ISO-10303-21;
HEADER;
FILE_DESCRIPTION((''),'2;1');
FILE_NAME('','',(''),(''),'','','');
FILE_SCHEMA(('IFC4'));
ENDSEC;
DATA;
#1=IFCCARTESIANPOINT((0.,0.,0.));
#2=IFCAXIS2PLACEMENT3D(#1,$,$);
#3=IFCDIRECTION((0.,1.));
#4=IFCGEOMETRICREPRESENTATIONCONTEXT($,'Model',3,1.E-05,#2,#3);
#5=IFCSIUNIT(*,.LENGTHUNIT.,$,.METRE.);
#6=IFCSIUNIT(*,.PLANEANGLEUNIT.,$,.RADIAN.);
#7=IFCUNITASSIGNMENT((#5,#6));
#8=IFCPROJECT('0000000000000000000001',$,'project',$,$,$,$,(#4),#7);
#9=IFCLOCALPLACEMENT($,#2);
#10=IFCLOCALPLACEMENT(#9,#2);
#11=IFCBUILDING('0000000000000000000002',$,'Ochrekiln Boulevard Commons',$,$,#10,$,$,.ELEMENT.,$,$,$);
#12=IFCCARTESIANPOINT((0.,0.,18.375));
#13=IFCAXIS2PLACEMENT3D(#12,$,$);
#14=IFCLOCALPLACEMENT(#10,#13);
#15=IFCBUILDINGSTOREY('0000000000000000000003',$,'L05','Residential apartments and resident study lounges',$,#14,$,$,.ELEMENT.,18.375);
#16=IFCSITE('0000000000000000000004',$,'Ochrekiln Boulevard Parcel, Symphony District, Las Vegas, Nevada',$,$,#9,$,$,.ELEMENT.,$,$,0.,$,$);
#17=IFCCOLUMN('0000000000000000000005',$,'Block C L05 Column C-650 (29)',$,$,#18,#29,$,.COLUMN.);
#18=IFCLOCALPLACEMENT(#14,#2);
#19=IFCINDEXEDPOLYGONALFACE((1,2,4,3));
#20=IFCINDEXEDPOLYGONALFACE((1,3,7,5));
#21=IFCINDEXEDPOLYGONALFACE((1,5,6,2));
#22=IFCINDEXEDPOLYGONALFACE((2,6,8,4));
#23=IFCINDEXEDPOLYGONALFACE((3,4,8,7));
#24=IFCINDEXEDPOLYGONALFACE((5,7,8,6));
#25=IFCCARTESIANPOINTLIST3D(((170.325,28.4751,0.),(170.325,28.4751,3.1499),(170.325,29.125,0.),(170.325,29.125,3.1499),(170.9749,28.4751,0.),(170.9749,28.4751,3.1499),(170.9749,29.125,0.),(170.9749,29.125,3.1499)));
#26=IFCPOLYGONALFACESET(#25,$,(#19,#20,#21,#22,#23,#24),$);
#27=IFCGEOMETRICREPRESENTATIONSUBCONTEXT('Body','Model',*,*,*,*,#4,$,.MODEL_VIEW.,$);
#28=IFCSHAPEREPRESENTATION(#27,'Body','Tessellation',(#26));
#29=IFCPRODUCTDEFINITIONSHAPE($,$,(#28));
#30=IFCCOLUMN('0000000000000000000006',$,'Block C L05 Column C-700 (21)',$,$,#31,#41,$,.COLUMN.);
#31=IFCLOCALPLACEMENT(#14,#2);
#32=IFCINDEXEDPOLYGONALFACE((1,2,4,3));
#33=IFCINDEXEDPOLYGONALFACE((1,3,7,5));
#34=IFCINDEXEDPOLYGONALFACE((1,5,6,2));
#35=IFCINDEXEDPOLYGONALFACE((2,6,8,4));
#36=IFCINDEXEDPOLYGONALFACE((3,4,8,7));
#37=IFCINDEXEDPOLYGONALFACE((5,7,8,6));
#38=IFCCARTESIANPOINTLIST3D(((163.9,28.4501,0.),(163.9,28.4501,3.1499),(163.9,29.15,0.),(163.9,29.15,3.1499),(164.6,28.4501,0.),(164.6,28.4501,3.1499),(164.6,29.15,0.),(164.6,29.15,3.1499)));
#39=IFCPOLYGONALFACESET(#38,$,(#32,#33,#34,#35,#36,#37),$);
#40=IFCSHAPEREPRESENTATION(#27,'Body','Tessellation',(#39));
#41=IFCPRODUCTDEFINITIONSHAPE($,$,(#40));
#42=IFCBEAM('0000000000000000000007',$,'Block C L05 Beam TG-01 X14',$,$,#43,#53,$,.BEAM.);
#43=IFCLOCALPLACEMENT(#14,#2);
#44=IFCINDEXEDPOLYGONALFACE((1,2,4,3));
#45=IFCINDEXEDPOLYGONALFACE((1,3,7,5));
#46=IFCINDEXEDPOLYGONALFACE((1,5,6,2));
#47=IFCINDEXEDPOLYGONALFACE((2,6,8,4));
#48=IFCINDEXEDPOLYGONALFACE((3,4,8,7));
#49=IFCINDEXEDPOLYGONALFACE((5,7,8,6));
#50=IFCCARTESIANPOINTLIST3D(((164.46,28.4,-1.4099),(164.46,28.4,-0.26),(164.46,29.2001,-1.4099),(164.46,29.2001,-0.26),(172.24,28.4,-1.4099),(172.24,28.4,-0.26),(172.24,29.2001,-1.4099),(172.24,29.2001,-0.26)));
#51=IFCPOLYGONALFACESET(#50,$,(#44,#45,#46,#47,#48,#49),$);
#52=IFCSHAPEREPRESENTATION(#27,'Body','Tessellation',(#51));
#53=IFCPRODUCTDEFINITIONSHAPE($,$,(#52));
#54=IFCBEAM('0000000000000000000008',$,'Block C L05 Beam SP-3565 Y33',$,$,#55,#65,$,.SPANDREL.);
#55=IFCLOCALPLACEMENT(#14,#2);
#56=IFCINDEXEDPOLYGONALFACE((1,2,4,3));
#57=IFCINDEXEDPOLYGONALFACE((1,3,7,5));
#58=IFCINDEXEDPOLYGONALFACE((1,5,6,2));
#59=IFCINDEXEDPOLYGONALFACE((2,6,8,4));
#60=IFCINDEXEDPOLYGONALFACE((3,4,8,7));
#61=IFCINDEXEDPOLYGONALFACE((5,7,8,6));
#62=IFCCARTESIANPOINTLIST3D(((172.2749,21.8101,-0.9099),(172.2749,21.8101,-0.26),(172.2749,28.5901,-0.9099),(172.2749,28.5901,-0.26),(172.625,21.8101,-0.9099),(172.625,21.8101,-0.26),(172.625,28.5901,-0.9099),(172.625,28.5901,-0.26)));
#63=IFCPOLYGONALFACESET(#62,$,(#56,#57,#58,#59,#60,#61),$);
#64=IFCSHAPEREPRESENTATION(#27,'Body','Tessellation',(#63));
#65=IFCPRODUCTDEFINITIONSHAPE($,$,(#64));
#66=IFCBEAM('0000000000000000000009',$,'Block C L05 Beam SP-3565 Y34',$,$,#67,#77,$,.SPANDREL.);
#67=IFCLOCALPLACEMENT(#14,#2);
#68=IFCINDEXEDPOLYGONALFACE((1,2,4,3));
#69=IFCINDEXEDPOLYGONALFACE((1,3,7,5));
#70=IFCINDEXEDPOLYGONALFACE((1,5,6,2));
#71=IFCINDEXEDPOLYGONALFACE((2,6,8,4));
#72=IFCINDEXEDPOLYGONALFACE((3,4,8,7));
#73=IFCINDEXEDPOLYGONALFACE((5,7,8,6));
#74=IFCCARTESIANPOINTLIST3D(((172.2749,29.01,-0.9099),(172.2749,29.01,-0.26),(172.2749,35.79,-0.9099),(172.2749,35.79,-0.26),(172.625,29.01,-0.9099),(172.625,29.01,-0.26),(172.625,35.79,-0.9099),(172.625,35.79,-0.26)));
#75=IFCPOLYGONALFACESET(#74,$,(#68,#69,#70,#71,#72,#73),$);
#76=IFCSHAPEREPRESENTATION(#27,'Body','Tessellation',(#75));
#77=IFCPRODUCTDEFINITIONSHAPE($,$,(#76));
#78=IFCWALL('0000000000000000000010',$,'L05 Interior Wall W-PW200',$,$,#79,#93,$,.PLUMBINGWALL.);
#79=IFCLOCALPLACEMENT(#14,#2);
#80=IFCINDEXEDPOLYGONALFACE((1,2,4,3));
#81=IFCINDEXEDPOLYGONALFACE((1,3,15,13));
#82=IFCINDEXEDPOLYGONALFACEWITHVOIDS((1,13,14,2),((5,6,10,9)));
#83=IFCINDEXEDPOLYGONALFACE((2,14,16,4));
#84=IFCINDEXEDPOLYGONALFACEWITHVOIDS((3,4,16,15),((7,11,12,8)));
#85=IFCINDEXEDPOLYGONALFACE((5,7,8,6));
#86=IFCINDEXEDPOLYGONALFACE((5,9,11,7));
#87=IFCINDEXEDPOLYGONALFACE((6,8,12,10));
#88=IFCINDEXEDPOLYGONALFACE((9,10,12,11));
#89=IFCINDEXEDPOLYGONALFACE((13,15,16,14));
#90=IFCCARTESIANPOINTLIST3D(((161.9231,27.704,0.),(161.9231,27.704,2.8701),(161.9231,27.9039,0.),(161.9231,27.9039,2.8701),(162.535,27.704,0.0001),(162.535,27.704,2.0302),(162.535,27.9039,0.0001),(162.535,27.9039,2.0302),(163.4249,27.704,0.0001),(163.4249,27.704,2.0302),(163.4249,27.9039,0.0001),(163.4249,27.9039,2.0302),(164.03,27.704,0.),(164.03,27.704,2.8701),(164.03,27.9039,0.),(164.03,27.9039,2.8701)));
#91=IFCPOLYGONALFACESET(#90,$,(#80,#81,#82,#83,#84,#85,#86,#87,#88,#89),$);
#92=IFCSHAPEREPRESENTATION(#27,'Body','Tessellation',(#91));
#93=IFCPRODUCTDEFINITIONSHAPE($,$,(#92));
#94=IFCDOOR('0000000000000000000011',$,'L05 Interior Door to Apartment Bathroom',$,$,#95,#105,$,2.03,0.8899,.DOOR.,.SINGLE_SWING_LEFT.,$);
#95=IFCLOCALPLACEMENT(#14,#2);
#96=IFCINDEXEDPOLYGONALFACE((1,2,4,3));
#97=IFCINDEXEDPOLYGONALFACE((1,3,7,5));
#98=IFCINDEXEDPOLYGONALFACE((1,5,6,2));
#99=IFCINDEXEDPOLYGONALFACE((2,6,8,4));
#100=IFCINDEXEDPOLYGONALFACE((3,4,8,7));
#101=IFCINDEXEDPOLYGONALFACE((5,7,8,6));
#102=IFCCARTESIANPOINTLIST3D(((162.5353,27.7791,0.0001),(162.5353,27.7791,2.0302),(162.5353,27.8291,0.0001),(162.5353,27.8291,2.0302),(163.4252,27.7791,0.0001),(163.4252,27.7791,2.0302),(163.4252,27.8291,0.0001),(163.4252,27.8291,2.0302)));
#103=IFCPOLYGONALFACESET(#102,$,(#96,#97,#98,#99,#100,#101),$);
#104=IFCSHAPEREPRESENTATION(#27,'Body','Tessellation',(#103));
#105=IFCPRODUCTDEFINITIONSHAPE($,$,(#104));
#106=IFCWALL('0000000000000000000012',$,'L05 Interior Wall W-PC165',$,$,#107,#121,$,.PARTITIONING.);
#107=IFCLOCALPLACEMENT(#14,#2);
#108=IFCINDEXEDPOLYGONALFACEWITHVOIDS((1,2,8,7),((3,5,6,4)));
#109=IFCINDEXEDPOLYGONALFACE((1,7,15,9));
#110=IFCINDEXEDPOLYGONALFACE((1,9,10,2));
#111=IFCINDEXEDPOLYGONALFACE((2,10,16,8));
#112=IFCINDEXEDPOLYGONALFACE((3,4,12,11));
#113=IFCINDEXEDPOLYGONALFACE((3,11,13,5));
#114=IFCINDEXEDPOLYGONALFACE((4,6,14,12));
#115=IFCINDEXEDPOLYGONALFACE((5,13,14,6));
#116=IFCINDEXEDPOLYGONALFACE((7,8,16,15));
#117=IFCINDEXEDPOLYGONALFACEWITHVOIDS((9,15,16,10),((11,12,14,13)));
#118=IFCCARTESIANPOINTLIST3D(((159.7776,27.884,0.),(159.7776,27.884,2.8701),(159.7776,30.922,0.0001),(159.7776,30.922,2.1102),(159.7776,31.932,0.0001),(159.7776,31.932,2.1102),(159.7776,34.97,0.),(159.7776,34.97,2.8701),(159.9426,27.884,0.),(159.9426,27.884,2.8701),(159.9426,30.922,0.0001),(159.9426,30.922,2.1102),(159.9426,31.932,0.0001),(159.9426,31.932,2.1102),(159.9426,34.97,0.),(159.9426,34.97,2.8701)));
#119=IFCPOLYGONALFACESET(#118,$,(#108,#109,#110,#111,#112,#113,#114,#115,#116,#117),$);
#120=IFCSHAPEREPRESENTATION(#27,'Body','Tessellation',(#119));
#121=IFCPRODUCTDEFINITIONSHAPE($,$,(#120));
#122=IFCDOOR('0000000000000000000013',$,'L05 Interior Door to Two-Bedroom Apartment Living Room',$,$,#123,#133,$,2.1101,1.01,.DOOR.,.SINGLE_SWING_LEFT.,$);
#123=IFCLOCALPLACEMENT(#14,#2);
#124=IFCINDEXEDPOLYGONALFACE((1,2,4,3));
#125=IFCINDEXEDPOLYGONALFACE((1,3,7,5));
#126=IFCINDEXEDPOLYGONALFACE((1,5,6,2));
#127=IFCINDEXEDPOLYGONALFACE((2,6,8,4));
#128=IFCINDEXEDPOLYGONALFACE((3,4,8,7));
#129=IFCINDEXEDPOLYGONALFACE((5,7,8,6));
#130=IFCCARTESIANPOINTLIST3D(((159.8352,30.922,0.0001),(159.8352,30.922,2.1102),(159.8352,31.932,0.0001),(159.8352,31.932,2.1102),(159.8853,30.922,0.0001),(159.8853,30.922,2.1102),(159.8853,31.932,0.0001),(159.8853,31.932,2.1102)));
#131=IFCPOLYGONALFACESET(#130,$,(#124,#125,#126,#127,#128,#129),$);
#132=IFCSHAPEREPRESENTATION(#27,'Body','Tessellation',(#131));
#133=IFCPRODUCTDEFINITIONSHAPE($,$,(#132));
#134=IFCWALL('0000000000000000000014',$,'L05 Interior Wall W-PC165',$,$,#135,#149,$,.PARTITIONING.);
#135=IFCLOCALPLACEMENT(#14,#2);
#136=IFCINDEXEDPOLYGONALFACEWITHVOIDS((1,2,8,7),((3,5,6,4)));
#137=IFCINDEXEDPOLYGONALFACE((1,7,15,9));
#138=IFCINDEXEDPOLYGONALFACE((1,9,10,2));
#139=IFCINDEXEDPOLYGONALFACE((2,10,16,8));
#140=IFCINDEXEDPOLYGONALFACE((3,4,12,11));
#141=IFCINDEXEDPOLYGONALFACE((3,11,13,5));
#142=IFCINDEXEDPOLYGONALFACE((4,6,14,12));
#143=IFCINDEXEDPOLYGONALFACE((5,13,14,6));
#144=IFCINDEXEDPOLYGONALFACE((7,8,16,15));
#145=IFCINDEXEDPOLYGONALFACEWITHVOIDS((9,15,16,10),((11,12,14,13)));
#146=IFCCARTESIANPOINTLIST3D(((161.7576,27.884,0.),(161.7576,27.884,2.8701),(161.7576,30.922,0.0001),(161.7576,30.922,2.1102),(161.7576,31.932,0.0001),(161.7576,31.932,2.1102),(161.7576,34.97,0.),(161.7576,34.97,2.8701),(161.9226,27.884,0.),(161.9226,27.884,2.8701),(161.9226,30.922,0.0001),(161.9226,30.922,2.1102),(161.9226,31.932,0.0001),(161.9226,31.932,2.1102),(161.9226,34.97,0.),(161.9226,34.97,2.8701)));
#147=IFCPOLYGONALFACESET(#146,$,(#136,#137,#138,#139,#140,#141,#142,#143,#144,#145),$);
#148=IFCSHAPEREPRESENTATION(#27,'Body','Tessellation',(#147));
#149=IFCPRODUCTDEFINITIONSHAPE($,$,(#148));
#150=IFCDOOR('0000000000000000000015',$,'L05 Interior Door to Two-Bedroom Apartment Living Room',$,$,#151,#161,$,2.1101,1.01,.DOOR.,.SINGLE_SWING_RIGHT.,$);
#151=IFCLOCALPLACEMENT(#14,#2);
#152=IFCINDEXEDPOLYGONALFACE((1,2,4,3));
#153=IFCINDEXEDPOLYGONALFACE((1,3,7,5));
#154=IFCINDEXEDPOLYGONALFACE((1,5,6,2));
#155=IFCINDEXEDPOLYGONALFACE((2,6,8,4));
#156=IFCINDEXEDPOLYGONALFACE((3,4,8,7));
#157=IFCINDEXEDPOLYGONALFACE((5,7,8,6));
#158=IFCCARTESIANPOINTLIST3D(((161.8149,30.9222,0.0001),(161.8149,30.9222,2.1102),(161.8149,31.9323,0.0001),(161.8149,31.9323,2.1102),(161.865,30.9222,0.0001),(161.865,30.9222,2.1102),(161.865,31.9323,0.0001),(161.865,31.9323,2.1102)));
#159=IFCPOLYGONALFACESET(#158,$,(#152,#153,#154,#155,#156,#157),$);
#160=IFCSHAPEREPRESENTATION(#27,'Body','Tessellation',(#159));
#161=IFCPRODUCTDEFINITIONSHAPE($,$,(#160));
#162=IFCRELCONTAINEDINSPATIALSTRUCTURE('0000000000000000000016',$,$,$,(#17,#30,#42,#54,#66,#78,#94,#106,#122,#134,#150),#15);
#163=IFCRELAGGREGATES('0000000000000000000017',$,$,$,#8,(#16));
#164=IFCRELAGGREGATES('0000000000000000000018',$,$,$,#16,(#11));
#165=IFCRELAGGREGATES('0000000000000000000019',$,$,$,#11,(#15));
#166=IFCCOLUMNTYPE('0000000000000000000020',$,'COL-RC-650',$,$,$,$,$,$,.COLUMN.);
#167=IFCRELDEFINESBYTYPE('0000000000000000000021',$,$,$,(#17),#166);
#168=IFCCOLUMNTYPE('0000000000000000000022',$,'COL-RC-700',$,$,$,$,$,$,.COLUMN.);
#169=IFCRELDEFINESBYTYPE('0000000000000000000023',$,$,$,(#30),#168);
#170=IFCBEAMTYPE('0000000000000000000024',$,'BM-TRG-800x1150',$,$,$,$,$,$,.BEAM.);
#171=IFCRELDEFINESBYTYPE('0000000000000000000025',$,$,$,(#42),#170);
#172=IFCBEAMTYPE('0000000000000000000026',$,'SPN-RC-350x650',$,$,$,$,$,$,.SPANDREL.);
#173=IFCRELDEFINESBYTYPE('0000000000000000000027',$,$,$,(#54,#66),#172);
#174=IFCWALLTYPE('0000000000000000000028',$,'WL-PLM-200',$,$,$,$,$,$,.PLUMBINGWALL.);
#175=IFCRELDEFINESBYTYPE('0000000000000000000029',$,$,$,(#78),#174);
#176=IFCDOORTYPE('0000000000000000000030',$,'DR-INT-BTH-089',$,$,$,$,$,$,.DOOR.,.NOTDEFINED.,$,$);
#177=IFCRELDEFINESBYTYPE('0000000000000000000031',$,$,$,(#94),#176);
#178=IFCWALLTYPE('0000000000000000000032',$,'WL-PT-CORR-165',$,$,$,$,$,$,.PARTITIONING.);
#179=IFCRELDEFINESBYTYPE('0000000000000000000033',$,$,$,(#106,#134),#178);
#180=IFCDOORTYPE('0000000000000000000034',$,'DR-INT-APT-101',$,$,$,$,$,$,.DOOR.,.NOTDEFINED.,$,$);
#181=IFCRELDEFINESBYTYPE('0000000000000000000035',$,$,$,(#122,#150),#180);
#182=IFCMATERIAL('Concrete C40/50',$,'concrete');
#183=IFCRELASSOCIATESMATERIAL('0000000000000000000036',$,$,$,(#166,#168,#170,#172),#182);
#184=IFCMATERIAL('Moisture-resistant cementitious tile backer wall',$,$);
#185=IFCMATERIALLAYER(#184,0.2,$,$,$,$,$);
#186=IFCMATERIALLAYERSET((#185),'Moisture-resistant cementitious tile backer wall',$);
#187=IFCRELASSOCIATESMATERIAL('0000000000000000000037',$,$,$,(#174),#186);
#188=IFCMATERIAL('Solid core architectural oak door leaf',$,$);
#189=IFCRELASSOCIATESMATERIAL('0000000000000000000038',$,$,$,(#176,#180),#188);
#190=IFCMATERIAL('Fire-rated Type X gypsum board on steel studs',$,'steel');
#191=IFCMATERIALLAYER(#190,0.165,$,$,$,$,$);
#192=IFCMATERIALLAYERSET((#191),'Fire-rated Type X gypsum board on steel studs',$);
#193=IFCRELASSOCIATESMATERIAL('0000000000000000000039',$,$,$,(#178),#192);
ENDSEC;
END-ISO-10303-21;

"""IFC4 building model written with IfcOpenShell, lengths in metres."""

from ifc_helpers import new_model, si_unit, direction, frame, frame_2d, origin, origin_2d, place, context, subcontext, project, spatial, rectangle, extrude, material, layer, layer_set, material_profile, profile_set, type_object, element, fill, save


model = new_model("IFC4")

# Units and contexts
model_context = context("Model", 3, precision=1e-05, world=origin(), true_north=direction((0.0, 1.0)))
body_context = subcontext(model_context, "Body", "Model", "MODEL_VIEW")
ifc_project = project(units=[si_unit("LENGTHUNIT", "METRE"), si_unit("PLANEANGLEUNIT", "RADIAN")], contexts=[model_context])

# Site, building, storey
site_placement = place(None, origin())
site = spatial("IfcSite", under=ifc_project, at=site_placement, Name="Ochrekiln Boulevard Parcel, Symphony District, Las Vegas, Nevada", CompositionType="ELEMENT", RefElevation=0.0)
building_placement = place(site_placement, origin())
building = spatial("IfcBuilding", under=site, at=building_placement, Name="Ochrekiln Boulevard Commons", CompositionType="ELEMENT")
storey_placement = place(building_placement, frame((0.0, 0.0, 18.375)))
storey = spatial("IfcBuildingStorey", under=building, at=storey_placement, Name="L05", Description="Residential apartments and resident study lounges", CompositionType="ELEMENT", Elevation=18.375)

# Columns
ifc_material_1 = material(Name="Concrete C40/50", Category="concrete")
ifc_material_profile_1 = material_profile(ifc_material_1, rectangle(XDim=0.6499, YDim=0.6499, at=origin_2d()), Name="RC-COL-650x650")
ifc_profile_set_1 = profile_set([ifc_material_profile_1], Name="Concrete C40/50")
column_type_1 = type_object("IfcColumnType", Name="COL-RC-650", PredefinedType="COLUMN", material=ifc_profile_set_1)
column_1_placement = place(storey_placement, frame((170.6499, 28.8, 0.0), z_axis=(0.0, 0.0, 1.0), x_axis=(1.0, 0.0, 0.0)))
element("IfcColumn", 1, at=column_1_placement, inside=storey, type_object=column_type_1, Name="Block C L05 Column C-650 (29)", PredefinedType="COLUMN", context=body_context, shape_type="SweptSolid", body=[
    extrude(rectangle(XDim=0.6499, YDim=0.6499, at=origin_2d()), origin(), (0.0, 0.0, 1.0), 3.1499),
])
ifc_material_profile_2 = material_profile(ifc_material_1, rectangle(XDim=0.7, YDim=0.7, at=origin_2d()), Name="RC-COL-700x700")
ifc_profile_set_2 = profile_set([ifc_material_profile_2], Name="Concrete C40/50")
column_type_2 = type_object("IfcColumnType", Name="COL-RC-700", PredefinedType="COLUMN", material=ifc_profile_set_2)
column_2_placement = place(storey_placement, frame((164.25, 28.8, 0.0), z_axis=(0.0, 0.0, 1.0), x_axis=(1.0, 0.0, 0.0)))
element("IfcColumn", 2, at=column_2_placement, inside=storey, type_object=column_type_2, Name="Block C L05 Column C-700 (21)", PredefinedType="COLUMN", context=body_context, shape_type="SweptSolid", body=[
    extrude(rectangle(XDim=0.7, YDim=0.7, at=origin_2d()), origin(), (0.0, 0.0, 1.0), 3.1499),
])

# Beams
ifc_material_profile_3 = material_profile(ifc_material_1, rectangle(XDim=0.8, YDim=1.1499, at=origin_2d()), Name="RC-TRG-800x1150")
ifc_profile_set_3 = profile_set([ifc_material_profile_3], Name="Concrete C40/50")
beam_type_1 = type_object("IfcBeamType", Name="BM-TRG-800x1150", PredefinedType="BEAM", material=ifc_profile_set_3)
beam_placement = place(storey_placement, frame((164.46, 28.8, -0.835), z_axis=(1.0, 0.0, 0.0), x_axis=(0.0, 1.0, 0.0)))
element("IfcBeam", 3, at=beam_placement, inside=storey, type_object=beam_type_1, Name="Block C L05 Beam TG-01 X14", PredefinedType="BEAM", context=body_context, shape_type="SweptSolid", body=[
    extrude(rectangle(XDim=0.8, YDim=1.1499, at=origin_2d()), origin(), (0.0, 0.0, 1.0), 7.78),
])
ifc_material_profile_4 = material_profile(ifc_material_1, rectangle(XDim=0.3501, YDim=0.6499, at=origin_2d()), Name="RC-SPN-350x650")
ifc_profile_set_4 = profile_set([ifc_material_profile_4], Name="Concrete C40/50")
beam_type_2 = type_object("IfcBeamType", Name="SPN-RC-350x650", PredefinedType="SPANDREL", material=ifc_profile_set_4)
for number, where, z_axis, x_axis, name in (
    (4, (172.45, 21.8101, -0.585), (0.0, 1.0, 0.0), (-1.0, 0.0, 0.0), "Block C L05 Beam SP-3565 Y33"),
    (5, (172.45, 29.01, -0.585), (0.0, 1.0, 0.0), (-1.0, 0.0, 0.0), "Block C L05 Beam SP-3565 Y34"),
):
    element("IfcBeam", number, at=place(storey_placement, frame(where, z_axis=z_axis, x_axis=x_axis)), inside=storey, type_object=beam_type_2, Name=name, PredefinedType="SPANDREL", context=body_context, shape_type="SweptSolid", body=[
        extrude(rectangle(XDim=0.3501, YDim=0.6499, at=origin_2d()), origin(), (0.0, 0.0, 1.0), 6.78),
    ])

# Walls, openings, doors
ifc_material_2 = material(Name="Moisture-resistant cementitious tile backer wall")
ifc_layer_1 = layer(ifc_material_2, 0.2)
ifc_layer_set_1 = layer_set([ifc_layer_1], Name="Moisture-resistant cementitious tile backer wall")
wall_type_1 = type_object("IfcWallType", Name="WL-PLM-200", PredefinedType="PLUMBINGWALL", material=ifc_layer_set_1)
wall_1_placement = place(storey_placement, frame((161.9231, 27.804, 0.0), z_axis=(0.0, 0.0, 1.0), x_axis=(1.0, 0.0, 0.0)))
wall_1 = element("IfcWall", 6, at=wall_1_placement, inside=storey, type_object=wall_type_1, Name="L05 Interior Wall W-PW200", PredefinedType="PLUMBINGWALL", context=body_context, shape_type="SweptSolid", body=[
    extrude(rectangle(XDim=2.1069, YDim=0.2, at=frame_2d((1.0535, 0.0))), origin(), (0.0, 0.0, 1.0), 2.8701),
])
opening_1_placement = place(wall_1_placement, frame((0.6121, 0.0, 0.0)))
opening_1 = element("IfcOpeningElement", 7, at=opening_1_placement, cuts=wall_1, PredefinedType="OPENING", context=body_context, shape_type="SweptSolid", body=[
    extrude(rectangle(XDim=0.8899, YDim=2.03, at=frame_2d((0.4448, 1.0151))), frame((0.0, 0.1099, 0.0), z_axis=(0.0, -1.0, 0.0), x_axis=(1.0, 0.0, 0.0)), (0.0, 0.0, 1.0), 0.22),
])
ifc_material_3 = material(Name="Solid core architectural oak door leaf")
door_type_1 = type_object("IfcDoorType", Name="DR-INT-BTH-089", OperationType="NOTDEFINED", PredefinedType="DOOR", material=ifc_material_3)
door_1_placement = place(opening_1_placement, frame((0.8899, 0.0, 0.0), z_axis=(0.0, 0.0, 1.0), x_axis=(-1.0, 0.0, 0.0)))
door_1 = element("IfcDoor", 8, at=door_1_placement, inside=storey, type_object=door_type_1, Name="L05 Interior Door to Apartment Bathroom", OperationType="SINGLE_SWING_LEFT", OverallHeight=2.03, OverallWidth=0.8899, PredefinedType="DOOR", context=body_context, shape_type="SweptSolid", body=[
    extrude(rectangle(XDim=0.8899, YDim=2.03, at=frame_2d((0.4448, 1.0151))), frame((0.0, 0.0249, 0.0), z_axis=(0.0, -1.0, 0.0), x_axis=(1.0, 0.0, 0.0)), (0.0, 0.0, 1.0), 0.05),
])
fill(opening_1, door_1)
ifc_material_4 = material(Name="Fire-rated Type X gypsum board on steel studs", Category="steel")
ifc_layer_2 = layer(ifc_material_4, 0.165)
ifc_layer_set_2 = layer_set([ifc_layer_2], Name="Fire-rated Type X gypsum board on steel studs")
wall_type_2 = type_object("IfcWallType", Name="WL-PT-CORR-165", PredefinedType="PARTITIONING", material=ifc_layer_set_2)
wall_2_placement = place(storey_placement, frame((159.8601, 27.884, 0.0), z_axis=(0.0, 0.0, 1.0), x_axis=(0.0, 1.0, 0.0)))
wall_2 = element("IfcWall", 9, at=wall_2_placement, inside=storey, type_object=wall_type_2, Name="L05 Interior Wall W-PC165", PredefinedType="PARTITIONING", context=body_context, shape_type="SweptSolid", body=[
    extrude(rectangle(XDim=7.0859, YDim=0.165, at=frame_2d((3.543, 0.0))), origin(), (0.0, 0.0, 1.0), 2.8701),
])
opening_2_placement = place(wall_2_placement, frame((3.0381, 0.0, 0.0)))
opening_2 = element("IfcOpeningElement", 10, at=opening_2_placement, cuts=wall_2, PredefinedType="OPENING", context=body_context, shape_type="SweptSolid", body=[
    extrude(rectangle(XDim=1.01, YDim=2.1101, at=frame_2d((0.5049, 1.0552))), frame((0.0, 0.0925, 0.0), z_axis=(0.0, -1.0, 0.0), x_axis=(1.0, 0.0, 0.0)), (0.0, 0.0, 1.0), 0.1851),
])
door_type_2 = type_object("IfcDoorType", Name="DR-INT-APT-101", OperationType="NOTDEFINED", PredefinedType="DOOR", material=ifc_material_3)
door_2_placement = place(opening_2_placement, origin())
door_2 = element("IfcDoor", 11, at=door_2_placement, inside=storey, type_object=door_type_2, Name="L05 Interior Door to Two-Bedroom Apartment Living Room", OperationType="SINGLE_SWING_LEFT", OverallHeight=2.1101, OverallWidth=1.01, PredefinedType="DOOR", context=body_context, shape_type="SweptSolid", body=[
    extrude(rectangle(XDim=1.01, YDim=2.1101, at=frame_2d((0.5049, 1.0552))), frame((0.0, 0.0249, 0.0), z_axis=(0.0, -1.0, 0.0), x_axis=(1.0, 0.0, 0.0)), (0.0, 0.0, 1.0), 0.05),
])
fill(opening_2, door_2)
wall_3_placement = place(storey_placement, frame((161.8401, 27.884, 0.0), z_axis=(0.0, 0.0, 1.0), x_axis=(0.0, 1.0, 0.0)))
wall_3 = element("IfcWall", 12, at=wall_3_placement, inside=storey, type_object=wall_type_2, Name="L05 Interior Wall W-PC165", PredefinedType="PARTITIONING", context=body_context, shape_type="SweptSolid", body=[
    extrude(rectangle(XDim=7.0859, YDim=0.165, at=frame_2d((3.543, 0.0))), origin(), (0.0, 0.0, 1.0), 2.8701),
])
opening_3_placement = place(wall_3_placement, frame((3.0381, 0.0, 0.0)))
opening_3 = element("IfcOpeningElement", 13, at=opening_3_placement, cuts=wall_3, PredefinedType="OPENING", context=body_context, shape_type="SweptSolid", body=[
    extrude(rectangle(XDim=1.01, YDim=2.1101, at=frame_2d((0.5049, 1.0552))), frame((0.0, 0.0925, 0.0), z_axis=(0.0, -1.0, 0.0), x_axis=(1.0, 0.0, 0.0)), (0.0, 0.0, 1.0), 0.1851),
])
door_3_placement = place(opening_3_placement, frame((1.01, 0.0, 0.0), z_axis=(0.0, 0.0, 1.0), x_axis=(-1.0, 0.0, 0.0)))
door_3 = element("IfcDoor", 14, at=door_3_placement, inside=storey, type_object=door_type_2, Name="L05 Interior Door to Two-Bedroom Apartment Living Room", OperationType="SINGLE_SWING_RIGHT", OverallHeight=2.1101, OverallWidth=1.01, PredefinedType="DOOR", context=body_context, shape_type="SweptSolid", body=[
    extrude(rectangle(XDim=1.01, YDim=2.1101, at=frame_2d((0.5049, 1.0552))), frame((0.0, 0.0249, 0.0), z_axis=(0.0, -1.0, 0.0), x_axis=(1.0, 0.0, 0.0)), (0.0, 0.0, 1.0), 0.05),
])
fill(opening_3, door_3)

save(model, "model.ifc")
